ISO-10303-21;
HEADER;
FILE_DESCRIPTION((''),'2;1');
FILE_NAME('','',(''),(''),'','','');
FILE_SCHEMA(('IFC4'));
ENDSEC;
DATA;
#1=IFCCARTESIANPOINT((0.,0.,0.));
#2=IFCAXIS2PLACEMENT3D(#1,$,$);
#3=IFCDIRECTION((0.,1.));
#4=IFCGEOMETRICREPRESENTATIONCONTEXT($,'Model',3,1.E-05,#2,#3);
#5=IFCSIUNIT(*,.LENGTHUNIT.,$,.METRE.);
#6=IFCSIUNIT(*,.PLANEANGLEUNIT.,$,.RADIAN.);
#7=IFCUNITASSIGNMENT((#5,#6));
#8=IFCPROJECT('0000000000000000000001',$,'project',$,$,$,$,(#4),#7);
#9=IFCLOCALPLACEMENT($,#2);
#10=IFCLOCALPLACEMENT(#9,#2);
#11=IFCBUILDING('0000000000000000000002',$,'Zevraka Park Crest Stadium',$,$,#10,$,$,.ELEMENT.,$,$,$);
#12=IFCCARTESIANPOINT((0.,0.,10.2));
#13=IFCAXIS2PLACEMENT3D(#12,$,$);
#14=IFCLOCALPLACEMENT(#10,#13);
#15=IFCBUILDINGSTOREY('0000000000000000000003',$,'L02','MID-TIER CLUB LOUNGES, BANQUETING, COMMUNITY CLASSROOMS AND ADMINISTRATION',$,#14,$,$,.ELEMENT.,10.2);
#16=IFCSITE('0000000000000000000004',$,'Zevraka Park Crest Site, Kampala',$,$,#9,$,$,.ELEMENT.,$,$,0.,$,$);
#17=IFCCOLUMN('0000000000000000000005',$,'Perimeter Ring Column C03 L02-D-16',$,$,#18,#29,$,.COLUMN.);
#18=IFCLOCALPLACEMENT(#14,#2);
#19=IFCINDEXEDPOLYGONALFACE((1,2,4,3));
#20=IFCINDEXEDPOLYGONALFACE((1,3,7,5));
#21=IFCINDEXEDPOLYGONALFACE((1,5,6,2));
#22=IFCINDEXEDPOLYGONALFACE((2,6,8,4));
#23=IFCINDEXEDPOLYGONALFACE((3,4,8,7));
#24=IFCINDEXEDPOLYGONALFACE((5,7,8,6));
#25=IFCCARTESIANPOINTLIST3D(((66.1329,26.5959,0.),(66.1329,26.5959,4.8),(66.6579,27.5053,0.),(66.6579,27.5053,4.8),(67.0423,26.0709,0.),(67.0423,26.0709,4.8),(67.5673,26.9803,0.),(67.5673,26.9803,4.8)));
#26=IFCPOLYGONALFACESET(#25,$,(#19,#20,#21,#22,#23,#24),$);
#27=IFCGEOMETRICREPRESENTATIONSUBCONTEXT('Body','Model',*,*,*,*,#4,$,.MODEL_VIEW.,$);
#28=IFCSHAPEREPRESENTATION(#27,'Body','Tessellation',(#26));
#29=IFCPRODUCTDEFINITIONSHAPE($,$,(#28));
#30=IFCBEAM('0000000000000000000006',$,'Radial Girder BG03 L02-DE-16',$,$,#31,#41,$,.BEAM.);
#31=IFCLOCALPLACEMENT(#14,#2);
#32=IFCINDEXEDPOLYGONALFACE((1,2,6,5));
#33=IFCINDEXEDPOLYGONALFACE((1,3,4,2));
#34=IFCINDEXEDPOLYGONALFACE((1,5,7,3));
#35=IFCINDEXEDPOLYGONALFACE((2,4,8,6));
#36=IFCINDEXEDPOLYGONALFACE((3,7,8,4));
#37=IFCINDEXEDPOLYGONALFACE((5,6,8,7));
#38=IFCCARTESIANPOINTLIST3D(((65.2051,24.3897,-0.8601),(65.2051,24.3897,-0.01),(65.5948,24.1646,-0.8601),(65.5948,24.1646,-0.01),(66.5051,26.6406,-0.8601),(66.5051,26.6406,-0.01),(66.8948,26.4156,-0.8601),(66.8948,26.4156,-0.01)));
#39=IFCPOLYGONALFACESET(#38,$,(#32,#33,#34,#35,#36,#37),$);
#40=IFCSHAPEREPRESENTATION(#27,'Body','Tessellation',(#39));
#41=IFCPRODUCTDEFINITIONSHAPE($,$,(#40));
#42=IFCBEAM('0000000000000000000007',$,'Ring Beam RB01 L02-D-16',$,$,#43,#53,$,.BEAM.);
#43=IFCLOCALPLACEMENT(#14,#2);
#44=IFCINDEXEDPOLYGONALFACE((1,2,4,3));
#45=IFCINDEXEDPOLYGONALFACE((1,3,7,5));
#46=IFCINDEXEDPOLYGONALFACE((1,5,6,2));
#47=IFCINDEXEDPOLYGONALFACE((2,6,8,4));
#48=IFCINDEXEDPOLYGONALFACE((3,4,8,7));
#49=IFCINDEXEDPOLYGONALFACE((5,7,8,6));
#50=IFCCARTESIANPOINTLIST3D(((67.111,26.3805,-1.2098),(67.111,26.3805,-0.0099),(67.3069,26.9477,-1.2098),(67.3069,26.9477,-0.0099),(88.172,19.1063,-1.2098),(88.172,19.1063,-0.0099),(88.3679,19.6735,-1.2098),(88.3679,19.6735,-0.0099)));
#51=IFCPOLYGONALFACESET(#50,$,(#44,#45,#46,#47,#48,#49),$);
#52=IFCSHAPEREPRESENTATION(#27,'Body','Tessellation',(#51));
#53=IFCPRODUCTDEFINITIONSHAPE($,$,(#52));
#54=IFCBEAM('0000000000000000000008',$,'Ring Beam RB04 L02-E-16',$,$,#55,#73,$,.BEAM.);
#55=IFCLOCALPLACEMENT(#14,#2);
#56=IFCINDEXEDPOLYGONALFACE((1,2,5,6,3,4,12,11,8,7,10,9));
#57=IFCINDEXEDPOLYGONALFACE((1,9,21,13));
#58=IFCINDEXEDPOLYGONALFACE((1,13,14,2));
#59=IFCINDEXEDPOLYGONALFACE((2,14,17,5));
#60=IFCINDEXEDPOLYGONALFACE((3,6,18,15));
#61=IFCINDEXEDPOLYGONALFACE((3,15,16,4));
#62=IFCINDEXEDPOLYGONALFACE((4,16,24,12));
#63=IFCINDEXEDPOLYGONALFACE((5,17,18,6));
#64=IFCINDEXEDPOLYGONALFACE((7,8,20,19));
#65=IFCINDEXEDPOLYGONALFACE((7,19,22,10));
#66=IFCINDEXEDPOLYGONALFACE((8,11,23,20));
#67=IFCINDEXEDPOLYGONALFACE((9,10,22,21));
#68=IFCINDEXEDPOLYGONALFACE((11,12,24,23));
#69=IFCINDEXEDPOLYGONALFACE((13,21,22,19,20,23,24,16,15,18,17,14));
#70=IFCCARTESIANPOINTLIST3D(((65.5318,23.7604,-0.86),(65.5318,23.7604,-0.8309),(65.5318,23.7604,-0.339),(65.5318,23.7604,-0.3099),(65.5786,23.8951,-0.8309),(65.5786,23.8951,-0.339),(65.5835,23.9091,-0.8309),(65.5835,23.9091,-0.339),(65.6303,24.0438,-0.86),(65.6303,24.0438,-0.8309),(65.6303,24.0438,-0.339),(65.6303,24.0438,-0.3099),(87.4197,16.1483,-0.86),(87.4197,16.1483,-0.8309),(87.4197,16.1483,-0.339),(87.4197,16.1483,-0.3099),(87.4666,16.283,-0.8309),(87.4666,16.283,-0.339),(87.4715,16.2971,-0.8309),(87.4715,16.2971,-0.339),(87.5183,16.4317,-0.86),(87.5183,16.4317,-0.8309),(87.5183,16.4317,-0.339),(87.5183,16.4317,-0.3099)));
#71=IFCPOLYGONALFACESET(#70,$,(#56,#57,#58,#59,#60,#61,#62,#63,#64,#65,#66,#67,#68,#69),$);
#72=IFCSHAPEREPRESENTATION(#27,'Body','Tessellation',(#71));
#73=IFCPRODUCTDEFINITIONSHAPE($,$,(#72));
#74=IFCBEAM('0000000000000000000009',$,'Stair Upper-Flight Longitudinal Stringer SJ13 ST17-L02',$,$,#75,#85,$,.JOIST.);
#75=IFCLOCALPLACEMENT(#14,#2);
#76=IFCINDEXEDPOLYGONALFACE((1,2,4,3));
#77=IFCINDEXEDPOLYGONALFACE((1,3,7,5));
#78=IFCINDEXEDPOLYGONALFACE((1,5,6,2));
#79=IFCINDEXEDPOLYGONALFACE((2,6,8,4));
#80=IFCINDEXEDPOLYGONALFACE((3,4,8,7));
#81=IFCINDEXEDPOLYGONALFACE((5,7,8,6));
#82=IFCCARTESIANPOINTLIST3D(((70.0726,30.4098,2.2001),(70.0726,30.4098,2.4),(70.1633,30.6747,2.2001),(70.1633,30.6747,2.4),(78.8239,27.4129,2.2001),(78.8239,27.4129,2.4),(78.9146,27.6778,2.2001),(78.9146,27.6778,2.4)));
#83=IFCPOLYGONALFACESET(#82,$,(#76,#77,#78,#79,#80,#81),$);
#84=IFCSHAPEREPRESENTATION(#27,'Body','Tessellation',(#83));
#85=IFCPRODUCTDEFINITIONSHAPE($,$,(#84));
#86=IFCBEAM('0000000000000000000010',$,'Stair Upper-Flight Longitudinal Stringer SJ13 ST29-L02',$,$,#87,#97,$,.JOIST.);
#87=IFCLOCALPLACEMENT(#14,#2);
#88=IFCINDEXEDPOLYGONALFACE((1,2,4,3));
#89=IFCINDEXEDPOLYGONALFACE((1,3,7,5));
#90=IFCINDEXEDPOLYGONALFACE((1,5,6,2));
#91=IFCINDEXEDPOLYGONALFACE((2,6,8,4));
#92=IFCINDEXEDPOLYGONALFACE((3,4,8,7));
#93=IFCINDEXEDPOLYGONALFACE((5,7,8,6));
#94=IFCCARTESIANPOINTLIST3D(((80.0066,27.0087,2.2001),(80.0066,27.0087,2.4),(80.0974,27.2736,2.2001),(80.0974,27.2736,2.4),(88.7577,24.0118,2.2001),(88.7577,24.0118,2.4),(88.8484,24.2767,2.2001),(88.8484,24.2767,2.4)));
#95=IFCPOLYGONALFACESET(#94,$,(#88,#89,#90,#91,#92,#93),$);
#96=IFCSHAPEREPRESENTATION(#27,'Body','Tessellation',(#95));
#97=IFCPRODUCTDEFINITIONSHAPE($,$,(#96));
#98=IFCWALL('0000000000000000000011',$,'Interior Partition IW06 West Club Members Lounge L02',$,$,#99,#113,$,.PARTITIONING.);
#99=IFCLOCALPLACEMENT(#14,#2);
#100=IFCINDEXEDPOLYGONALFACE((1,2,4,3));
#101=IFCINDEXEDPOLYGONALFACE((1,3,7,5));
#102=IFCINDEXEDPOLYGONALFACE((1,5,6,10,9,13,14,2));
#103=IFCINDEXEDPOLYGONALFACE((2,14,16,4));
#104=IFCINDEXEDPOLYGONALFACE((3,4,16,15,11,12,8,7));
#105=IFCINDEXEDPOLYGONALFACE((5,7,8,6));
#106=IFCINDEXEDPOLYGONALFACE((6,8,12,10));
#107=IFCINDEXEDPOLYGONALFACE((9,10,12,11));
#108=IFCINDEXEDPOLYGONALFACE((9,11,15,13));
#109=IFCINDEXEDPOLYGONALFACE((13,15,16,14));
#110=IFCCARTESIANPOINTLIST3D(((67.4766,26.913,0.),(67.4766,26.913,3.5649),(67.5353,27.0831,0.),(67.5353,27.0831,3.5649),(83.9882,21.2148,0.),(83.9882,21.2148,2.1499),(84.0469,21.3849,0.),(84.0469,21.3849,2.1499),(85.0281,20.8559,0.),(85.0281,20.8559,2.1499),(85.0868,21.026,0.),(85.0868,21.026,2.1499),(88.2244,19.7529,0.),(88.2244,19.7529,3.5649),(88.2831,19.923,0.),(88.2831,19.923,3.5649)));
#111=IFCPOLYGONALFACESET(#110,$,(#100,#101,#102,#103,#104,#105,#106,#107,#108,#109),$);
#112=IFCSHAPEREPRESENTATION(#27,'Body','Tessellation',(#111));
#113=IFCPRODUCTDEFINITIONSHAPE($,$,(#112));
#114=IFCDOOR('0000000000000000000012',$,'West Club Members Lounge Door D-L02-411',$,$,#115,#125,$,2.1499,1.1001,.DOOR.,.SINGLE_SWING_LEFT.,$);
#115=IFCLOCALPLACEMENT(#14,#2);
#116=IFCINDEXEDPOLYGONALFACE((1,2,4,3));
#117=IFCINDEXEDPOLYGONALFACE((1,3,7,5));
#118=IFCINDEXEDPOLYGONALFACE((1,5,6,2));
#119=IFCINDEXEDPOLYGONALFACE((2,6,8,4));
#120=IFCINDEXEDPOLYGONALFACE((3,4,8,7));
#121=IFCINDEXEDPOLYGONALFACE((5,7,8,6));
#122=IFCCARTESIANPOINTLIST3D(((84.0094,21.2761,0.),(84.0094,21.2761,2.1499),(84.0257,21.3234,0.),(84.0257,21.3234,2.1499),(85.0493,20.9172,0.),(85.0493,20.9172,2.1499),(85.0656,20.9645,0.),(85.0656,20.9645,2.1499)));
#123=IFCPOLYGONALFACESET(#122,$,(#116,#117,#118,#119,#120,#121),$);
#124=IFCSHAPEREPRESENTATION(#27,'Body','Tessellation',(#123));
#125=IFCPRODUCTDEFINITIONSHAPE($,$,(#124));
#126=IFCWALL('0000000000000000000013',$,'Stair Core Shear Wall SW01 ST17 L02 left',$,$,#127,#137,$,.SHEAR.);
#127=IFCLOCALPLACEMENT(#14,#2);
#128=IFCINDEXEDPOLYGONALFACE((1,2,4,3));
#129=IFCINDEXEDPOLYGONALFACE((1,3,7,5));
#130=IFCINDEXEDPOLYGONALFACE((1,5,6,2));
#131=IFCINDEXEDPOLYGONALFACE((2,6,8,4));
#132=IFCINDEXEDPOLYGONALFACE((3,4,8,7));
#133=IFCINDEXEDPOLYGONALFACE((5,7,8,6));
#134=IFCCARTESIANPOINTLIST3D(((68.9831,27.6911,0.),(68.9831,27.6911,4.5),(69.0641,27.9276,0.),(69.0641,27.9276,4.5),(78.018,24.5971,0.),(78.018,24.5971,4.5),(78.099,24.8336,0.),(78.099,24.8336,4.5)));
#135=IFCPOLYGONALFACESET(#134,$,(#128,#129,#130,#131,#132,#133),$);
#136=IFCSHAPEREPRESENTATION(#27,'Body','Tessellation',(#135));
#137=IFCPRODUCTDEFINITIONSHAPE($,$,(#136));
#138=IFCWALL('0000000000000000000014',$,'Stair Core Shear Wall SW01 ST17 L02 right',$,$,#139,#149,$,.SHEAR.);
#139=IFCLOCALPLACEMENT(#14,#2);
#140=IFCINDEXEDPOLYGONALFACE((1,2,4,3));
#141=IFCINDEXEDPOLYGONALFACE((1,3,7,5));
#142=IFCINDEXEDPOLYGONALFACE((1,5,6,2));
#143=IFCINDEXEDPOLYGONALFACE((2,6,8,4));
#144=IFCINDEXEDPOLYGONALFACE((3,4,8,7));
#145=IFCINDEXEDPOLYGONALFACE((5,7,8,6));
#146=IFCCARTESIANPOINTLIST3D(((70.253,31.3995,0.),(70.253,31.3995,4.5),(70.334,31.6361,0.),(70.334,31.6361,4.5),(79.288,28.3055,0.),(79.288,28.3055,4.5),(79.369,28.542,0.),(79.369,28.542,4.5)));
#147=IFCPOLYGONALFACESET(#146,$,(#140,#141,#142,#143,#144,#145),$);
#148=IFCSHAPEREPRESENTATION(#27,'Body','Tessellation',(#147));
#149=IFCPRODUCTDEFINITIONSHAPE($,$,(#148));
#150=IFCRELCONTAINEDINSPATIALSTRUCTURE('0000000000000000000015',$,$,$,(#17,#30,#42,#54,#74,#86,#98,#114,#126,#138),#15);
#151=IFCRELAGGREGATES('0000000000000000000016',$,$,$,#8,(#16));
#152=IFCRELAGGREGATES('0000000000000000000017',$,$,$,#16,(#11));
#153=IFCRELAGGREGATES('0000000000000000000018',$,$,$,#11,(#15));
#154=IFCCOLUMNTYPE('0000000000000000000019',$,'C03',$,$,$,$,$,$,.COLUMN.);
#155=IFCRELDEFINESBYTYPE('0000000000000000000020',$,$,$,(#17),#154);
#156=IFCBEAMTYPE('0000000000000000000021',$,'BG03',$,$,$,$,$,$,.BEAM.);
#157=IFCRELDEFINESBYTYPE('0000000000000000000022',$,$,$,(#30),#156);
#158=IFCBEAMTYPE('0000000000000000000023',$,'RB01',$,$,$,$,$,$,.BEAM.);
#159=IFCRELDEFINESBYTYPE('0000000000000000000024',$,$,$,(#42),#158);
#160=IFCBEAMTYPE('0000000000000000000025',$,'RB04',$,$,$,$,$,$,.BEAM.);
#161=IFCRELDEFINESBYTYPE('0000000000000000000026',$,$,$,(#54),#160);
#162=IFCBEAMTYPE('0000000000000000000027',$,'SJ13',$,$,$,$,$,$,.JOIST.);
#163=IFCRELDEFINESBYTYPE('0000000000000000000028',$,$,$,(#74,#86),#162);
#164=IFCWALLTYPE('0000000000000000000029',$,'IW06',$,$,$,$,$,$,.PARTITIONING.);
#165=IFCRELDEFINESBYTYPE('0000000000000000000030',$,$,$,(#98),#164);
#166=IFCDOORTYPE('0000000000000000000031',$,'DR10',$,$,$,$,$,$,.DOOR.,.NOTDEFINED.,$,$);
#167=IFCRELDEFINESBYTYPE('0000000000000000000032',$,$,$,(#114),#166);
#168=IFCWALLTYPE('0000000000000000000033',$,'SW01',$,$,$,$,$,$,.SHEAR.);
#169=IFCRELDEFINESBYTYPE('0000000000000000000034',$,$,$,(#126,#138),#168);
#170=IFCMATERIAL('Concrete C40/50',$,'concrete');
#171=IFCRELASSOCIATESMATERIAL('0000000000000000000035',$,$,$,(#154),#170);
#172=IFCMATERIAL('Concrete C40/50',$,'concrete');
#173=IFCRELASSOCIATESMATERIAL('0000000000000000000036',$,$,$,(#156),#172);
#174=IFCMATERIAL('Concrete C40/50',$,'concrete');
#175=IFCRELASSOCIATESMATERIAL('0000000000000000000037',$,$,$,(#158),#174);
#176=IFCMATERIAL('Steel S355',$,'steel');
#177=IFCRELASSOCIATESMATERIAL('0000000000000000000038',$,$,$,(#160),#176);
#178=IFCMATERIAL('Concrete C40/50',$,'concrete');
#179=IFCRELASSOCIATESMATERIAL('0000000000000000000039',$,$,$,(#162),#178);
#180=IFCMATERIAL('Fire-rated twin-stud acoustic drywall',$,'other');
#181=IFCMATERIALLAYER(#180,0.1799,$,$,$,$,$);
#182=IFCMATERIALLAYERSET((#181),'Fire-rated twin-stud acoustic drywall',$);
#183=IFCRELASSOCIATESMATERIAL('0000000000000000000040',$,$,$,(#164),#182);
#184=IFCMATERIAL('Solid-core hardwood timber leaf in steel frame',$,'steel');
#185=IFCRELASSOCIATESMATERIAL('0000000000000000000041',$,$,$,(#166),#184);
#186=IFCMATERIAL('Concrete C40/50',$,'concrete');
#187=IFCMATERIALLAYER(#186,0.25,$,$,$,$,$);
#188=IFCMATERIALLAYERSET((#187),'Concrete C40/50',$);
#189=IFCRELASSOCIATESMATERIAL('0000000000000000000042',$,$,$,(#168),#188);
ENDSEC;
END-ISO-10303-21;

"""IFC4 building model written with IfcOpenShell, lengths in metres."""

from ifc_helpers import new_model, si_unit, direction, frame, frame_2d, origin, origin_2d, place, context, subcontext, project, spatial, rectangle, i_section, extrude, material, layer, layer_set, material_profile, profile_set, type_object, element, fill, save


model = new_model("IFC4")

# Units and contexts
model_context = context("Model", 3, precision=1e-05, world=origin(), true_north=direction((0.0, 1.0)))
body_context = subcontext(model_context, "Body", "Model", "MODEL_VIEW")
ifc_project = project(units=[si_unit("LENGTHUNIT", "METRE"), si_unit("PLANEANGLEUNIT", "RADIAN")], contexts=[model_context])

# Site, building, storey
site_placement = place(None, origin())
site = spatial("IfcSite", under=ifc_project, at=site_placement, Name="Zevraka Park Crest Site, Kampala", CompositionType="ELEMENT", RefElevation=0.0)
building_placement = place(site_placement, origin())
building = spatial("IfcBuilding", under=site, at=building_placement, Name="Zevraka Park Crest Stadium", CompositionType="ELEMENT")
storey_placement = place(building_placement, frame((0.0, 0.0, 10.2)))
storey = spatial("IfcBuildingStorey", under=building, at=storey_placement, Name="L02", Description="MID-TIER CLUB LOUNGES, BANQUETING, COMMUNITY CLASSROOMS AND ADMINISTRATION", CompositionType="ELEMENT", Elevation=10.2)

# Column
ifc_material_1 = material(Name="Concrete C40/50", Category="concrete")
ifc_material_profile_1 = material_profile(ifc_material_1, rectangle(XDim=1.05, YDim=1.05, at=origin_2d()), Name="RC 1050x1050")
ifc_profile_set_1 = profile_set([ifc_material_profile_1], Name="Concrete C40/50")
column_type = type_object("IfcColumnType", Name="C03", PredefinedType="COLUMN", material=ifc_profile_set_1)
column_placement = place(storey_placement, frame((66.8501, 26.7881, 0.0), z_axis=(0.0, 0.0, 1.0), x_axis=(0.5, 0.866025, 0.0)))
element("IfcColumn", 1, at=column_placement, inside=storey, type_object=column_type, Name="Perimeter Ring Column C03 L02-D-16", PredefinedType="COLUMN", context=body_context, shape_type="SweptSolid", body=[
    extrude(rectangle(XDim=1.05, YDim=1.05, at=origin_2d()), origin(), (0.0, 0.0, 1.0), 4.8),
])

# Beams
ifc_material_2 = material(Name="Concrete C40/50", Category="concrete")
ifc_material_profile_2 = material_profile(ifc_material_2, rectangle(XDim=0.45, YDim=0.8501, at=origin_2d()), Name="RC 850x450")
ifc_profile_set_2 = profile_set([ifc_material_profile_2], Name="Concrete C40/50")
beam_type_1 = type_object("IfcBeamType", Name="BG03", PredefinedType="BEAM", material=ifc_profile_set_2)
beam_1_placement = place(storey_placement, frame((66.7, 26.5281, -0.4351), z_axis=(-0.500129, -0.865951, 0.0), x_axis=(0.865951, -0.500129, 0.0)))
element("IfcBeam", 2, at=beam_1_placement, inside=storey, type_object=beam_type_1, Name="Radial Girder BG03 L02-DE-16", PredefinedType="BEAM", context=body_context, shape_type="SweptSolid", body=[
    extrude(rectangle(XDim=0.45, YDim=0.8501, at=origin_2d()), origin(), (0.0, 0.0, 1.0), 2.5994),
])
ifc_material_3 = material(Name="Concrete C40/50", Category="concrete")
ifc_material_profile_3 = material_profile(ifc_material_3, rectangle(XDim=0.6001, YDim=1.2, at=origin_2d()), Name="RC 1200x600")
ifc_profile_set_3 = profile_set([ifc_material_profile_3], Name="Concrete C40/50")
beam_type_2 = type_object("IfcBeamType", Name="RB01", PredefinedType="BEAM", material=ifc_profile_set_3)
beam_2_placement = place(storey_placement, frame((67.209, 26.6641, -0.6099), z_axis=(0.94521, -0.326462, 0.0), x_axis=(0.326462, 0.94521, 0.0)))
element("IfcBeam", 3, at=beam_2_placement, inside=storey, type_object=beam_type_2, Name="Ring Beam RB01 L02-D-16", PredefinedType="BEAM", context=body_context, shape_type="SweptSolid", body=[
    extrude(rectangle(XDim=0.6001, YDim=1.2, at=origin_2d()), origin(), (0.0, 0.0, 1.0), 22.2817),
])
ifc_material_4 = material(Name="Steel S355", Category="steel")
ifc_material_profile_4 = material_profile(ifc_material_4, i_section(OverallWidth=0.3, OverallDepth=0.55, WebThickness=0.0149, FlangeThickness=0.0291, at=origin_2d()), Name="HEB 550")
ifc_profile_set_4 = profile_set([ifc_material_profile_4], Name="Steel S355")
beam_type_3 = type_object("IfcBeamType", Name="RB04", PredefinedType="BEAM", material=ifc_profile_set_4)
beam_3_placement = place(storey_placement, frame((65.5811, 23.9021, -0.585), z_axis=(0.944512, -0.328477, 0.0), x_axis=(0.328477, 0.944512, 0.0)))
element("IfcBeam", 4, at=beam_3_placement, inside=storey, type_object=beam_type_3, Name="Ring Beam RB04 L02-E-16", PredefinedType="BEAM", context=body_context, shape_type="SweptSolid", body=[
    extrude(i_section(OverallWidth=0.3, OverallDepth=0.55, WebThickness=0.0149, FlangeThickness=0.0291, at=origin_2d()), origin(), (0.0, 0.0, 1.0), 23.1738),
])
ifc_material_5 = material(Name="Concrete C40/50", Category="concrete")
ifc_material_profile_5 = material_profile(ifc_material_5, rectangle(XDim=0.28, YDim=0.2, at=origin_2d()), Name="RC 200x280")
ifc_profile_set_5 = profile_set([ifc_material_profile_5], Name="Concrete C40/50")
beam_type_4 = type_object("IfcBeamType", Name="SJ13", PredefinedType="JOIST", material=ifc_profile_set_5)
beam_4_placement = place(storey_placement, frame((70.1179, 30.5422, 2.3), z_axis=(0.946065, -0.323977, 0.0), x_axis=(0.323977, 0.946065, 0.0)))
element("IfcBeam", 5, at=beam_4_placement, inside=storey, type_object=beam_type_4, Name="Stair Upper-Flight Longitudinal Stringer SJ13 ST17-L02", PredefinedType="JOIST", context=body_context, shape_type="SweptSolid", body=[
    extrude(rectangle(XDim=0.28, YDim=0.2, at=origin_2d()), origin(), (0.0, 0.0, 1.0), 9.2502),
])
beam_5_placement = place(storey_placement, frame((80.052, 27.1411, 2.3), z_axis=(0.946062, -0.323985, 0.0), x_axis=(0.323985, 0.946062, 0.0)))
element("IfcBeam", 6, at=beam_5_placement, inside=storey, type_object=beam_type_4, Name="Stair Upper-Flight Longitudinal Stringer SJ13 ST29-L02", PredefinedType="JOIST", context=body_context, shape_type="SweptSolid", body=[
    extrude(rectangle(XDim=0.28, YDim=0.2, at=origin_2d()), origin(), (0.0, 0.0, 1.0), 9.25),
])

# Wall, opening, door
ifc_material_6 = material(Name="Fire-rated twin-stud acoustic drywall", Category="other")
ifc_layer_1 = layer(ifc_material_6, 0.1799)
ifc_layer_set_1 = layer_set([ifc_layer_1], Name="Fire-rated twin-stud acoustic drywall")
wall_type_1 = type_object("IfcWallType", Name="IW06", PredefinedType="PARTITIONING", material=ifc_layer_set_1)
wall_1_placement = place(storey_placement, frame((67.5061, 26.998, 0.0), z_axis=(0.0, 0.0, 1.0), x_axis=(0.945292, -0.326224, 0.0)))
wall_1 = element("IfcWall", 7, at=wall_1_placement, inside=storey, type_object=wall_type_1, Name="Interior Partition IW06 West Club Members Lounge L02", PredefinedType="PARTITIONING", context=body_context, shape_type="SweptSolid", body=[
    extrude(rectangle(XDim=21.9485, YDim=0.1799, at=frame_2d((10.9741, 0.0))), origin(), (0.0, 0.0, 1.0), 3.5649),
])
opening_1_placement = place(wall_1_placement, frame((17.467, 0.0, 0.0)))
opening_1 = element("IfcOpeningElement", 8, at=opening_1_placement, cuts=wall_1, PredefinedType="OPENING", context=body_context, shape_type="SweptSolid", body=[
    extrude(rectangle(XDim=1.1001, YDim=2.1499, at=frame_2d((0.55, 1.075))), frame((0.0, 0.0999, 0.0), z_axis=(0.0, -1.0, 0.0), x_axis=(1.0, 0.0, 0.0)), (0.0, 0.0, 1.0), 0.2),
])
ifc_material_7 = material(Name="Solid-core hardwood timber leaf in steel frame", Category="steel")
door_type_1 = type_object("IfcDoorType", Name="DR10", OperationType="NOTDEFINED", PredefinedType="DOOR", material=ifc_material_7)
door_1_placement = place(opening_1_placement, origin())
door_1 = element("IfcDoor", 9, at=door_1_placement, inside=storey, type_object=door_type_1, Name="West Club Members Lounge Door D-L02-411", OperationType="SINGLE_SWING_LEFT", OverallHeight=2.1499, OverallWidth=1.1001, PredefinedType="DOOR", context=body_context, shape_type="SweptSolid", body=[
    extrude(rectangle(XDim=1.1001, YDim=2.1499, at=frame_2d((0.55, 1.075))), frame((0.0, 0.0249, 0.0), z_axis=(0.0, -1.0, 0.0), x_axis=(1.0, 0.0, 0.0)), (0.0, 0.0, 1.0), 0.05),
])
fill(opening_1, door_1)

# Walls
ifc_material_8 = material(Name="Concrete C40/50", Category="concrete")
ifc_layer_2 = layer(ifc_material_8, 0.25)
ifc_layer_set_2 = layer_set([ifc_layer_2], Name="Concrete C40/50")
wall_type_2 = type_object("IfcWallType", Name="SW01", PredefinedType="SHEAR", material=ifc_layer_set_2)
for number, where, z_axis, x_axis, name in (
    (10, (69.0237, 27.8093, 0.0), (0.0, 0.0, 1.0), (0.946064, -0.323979, 0.0), "Stair Core Shear Wall SW01 ST17 L02 left"),
    (11, (79.3284, 28.4238, 0.0), (0.0, 0.0, 1.0), (-0.946064, 0.323979, 0.0), "Stair Core Shear Wall SW01 ST17 L02 right"),
):
    element("IfcWall", number, at=place(storey_placement, frame(where, z_axis=z_axis, x_axis=x_axis)), inside=storey, type_object=wall_type_2, Name=name, PredefinedType="SHEAR", context=body_context, shape_type="SweptSolid", body=[
        extrude(rectangle(XDim=9.55, YDim=0.25, at=frame_2d((4.7749, 0.0))), origin(), (0.0, 0.0, 1.0), 4.5),
    ])

save(model, "model.ifc")
